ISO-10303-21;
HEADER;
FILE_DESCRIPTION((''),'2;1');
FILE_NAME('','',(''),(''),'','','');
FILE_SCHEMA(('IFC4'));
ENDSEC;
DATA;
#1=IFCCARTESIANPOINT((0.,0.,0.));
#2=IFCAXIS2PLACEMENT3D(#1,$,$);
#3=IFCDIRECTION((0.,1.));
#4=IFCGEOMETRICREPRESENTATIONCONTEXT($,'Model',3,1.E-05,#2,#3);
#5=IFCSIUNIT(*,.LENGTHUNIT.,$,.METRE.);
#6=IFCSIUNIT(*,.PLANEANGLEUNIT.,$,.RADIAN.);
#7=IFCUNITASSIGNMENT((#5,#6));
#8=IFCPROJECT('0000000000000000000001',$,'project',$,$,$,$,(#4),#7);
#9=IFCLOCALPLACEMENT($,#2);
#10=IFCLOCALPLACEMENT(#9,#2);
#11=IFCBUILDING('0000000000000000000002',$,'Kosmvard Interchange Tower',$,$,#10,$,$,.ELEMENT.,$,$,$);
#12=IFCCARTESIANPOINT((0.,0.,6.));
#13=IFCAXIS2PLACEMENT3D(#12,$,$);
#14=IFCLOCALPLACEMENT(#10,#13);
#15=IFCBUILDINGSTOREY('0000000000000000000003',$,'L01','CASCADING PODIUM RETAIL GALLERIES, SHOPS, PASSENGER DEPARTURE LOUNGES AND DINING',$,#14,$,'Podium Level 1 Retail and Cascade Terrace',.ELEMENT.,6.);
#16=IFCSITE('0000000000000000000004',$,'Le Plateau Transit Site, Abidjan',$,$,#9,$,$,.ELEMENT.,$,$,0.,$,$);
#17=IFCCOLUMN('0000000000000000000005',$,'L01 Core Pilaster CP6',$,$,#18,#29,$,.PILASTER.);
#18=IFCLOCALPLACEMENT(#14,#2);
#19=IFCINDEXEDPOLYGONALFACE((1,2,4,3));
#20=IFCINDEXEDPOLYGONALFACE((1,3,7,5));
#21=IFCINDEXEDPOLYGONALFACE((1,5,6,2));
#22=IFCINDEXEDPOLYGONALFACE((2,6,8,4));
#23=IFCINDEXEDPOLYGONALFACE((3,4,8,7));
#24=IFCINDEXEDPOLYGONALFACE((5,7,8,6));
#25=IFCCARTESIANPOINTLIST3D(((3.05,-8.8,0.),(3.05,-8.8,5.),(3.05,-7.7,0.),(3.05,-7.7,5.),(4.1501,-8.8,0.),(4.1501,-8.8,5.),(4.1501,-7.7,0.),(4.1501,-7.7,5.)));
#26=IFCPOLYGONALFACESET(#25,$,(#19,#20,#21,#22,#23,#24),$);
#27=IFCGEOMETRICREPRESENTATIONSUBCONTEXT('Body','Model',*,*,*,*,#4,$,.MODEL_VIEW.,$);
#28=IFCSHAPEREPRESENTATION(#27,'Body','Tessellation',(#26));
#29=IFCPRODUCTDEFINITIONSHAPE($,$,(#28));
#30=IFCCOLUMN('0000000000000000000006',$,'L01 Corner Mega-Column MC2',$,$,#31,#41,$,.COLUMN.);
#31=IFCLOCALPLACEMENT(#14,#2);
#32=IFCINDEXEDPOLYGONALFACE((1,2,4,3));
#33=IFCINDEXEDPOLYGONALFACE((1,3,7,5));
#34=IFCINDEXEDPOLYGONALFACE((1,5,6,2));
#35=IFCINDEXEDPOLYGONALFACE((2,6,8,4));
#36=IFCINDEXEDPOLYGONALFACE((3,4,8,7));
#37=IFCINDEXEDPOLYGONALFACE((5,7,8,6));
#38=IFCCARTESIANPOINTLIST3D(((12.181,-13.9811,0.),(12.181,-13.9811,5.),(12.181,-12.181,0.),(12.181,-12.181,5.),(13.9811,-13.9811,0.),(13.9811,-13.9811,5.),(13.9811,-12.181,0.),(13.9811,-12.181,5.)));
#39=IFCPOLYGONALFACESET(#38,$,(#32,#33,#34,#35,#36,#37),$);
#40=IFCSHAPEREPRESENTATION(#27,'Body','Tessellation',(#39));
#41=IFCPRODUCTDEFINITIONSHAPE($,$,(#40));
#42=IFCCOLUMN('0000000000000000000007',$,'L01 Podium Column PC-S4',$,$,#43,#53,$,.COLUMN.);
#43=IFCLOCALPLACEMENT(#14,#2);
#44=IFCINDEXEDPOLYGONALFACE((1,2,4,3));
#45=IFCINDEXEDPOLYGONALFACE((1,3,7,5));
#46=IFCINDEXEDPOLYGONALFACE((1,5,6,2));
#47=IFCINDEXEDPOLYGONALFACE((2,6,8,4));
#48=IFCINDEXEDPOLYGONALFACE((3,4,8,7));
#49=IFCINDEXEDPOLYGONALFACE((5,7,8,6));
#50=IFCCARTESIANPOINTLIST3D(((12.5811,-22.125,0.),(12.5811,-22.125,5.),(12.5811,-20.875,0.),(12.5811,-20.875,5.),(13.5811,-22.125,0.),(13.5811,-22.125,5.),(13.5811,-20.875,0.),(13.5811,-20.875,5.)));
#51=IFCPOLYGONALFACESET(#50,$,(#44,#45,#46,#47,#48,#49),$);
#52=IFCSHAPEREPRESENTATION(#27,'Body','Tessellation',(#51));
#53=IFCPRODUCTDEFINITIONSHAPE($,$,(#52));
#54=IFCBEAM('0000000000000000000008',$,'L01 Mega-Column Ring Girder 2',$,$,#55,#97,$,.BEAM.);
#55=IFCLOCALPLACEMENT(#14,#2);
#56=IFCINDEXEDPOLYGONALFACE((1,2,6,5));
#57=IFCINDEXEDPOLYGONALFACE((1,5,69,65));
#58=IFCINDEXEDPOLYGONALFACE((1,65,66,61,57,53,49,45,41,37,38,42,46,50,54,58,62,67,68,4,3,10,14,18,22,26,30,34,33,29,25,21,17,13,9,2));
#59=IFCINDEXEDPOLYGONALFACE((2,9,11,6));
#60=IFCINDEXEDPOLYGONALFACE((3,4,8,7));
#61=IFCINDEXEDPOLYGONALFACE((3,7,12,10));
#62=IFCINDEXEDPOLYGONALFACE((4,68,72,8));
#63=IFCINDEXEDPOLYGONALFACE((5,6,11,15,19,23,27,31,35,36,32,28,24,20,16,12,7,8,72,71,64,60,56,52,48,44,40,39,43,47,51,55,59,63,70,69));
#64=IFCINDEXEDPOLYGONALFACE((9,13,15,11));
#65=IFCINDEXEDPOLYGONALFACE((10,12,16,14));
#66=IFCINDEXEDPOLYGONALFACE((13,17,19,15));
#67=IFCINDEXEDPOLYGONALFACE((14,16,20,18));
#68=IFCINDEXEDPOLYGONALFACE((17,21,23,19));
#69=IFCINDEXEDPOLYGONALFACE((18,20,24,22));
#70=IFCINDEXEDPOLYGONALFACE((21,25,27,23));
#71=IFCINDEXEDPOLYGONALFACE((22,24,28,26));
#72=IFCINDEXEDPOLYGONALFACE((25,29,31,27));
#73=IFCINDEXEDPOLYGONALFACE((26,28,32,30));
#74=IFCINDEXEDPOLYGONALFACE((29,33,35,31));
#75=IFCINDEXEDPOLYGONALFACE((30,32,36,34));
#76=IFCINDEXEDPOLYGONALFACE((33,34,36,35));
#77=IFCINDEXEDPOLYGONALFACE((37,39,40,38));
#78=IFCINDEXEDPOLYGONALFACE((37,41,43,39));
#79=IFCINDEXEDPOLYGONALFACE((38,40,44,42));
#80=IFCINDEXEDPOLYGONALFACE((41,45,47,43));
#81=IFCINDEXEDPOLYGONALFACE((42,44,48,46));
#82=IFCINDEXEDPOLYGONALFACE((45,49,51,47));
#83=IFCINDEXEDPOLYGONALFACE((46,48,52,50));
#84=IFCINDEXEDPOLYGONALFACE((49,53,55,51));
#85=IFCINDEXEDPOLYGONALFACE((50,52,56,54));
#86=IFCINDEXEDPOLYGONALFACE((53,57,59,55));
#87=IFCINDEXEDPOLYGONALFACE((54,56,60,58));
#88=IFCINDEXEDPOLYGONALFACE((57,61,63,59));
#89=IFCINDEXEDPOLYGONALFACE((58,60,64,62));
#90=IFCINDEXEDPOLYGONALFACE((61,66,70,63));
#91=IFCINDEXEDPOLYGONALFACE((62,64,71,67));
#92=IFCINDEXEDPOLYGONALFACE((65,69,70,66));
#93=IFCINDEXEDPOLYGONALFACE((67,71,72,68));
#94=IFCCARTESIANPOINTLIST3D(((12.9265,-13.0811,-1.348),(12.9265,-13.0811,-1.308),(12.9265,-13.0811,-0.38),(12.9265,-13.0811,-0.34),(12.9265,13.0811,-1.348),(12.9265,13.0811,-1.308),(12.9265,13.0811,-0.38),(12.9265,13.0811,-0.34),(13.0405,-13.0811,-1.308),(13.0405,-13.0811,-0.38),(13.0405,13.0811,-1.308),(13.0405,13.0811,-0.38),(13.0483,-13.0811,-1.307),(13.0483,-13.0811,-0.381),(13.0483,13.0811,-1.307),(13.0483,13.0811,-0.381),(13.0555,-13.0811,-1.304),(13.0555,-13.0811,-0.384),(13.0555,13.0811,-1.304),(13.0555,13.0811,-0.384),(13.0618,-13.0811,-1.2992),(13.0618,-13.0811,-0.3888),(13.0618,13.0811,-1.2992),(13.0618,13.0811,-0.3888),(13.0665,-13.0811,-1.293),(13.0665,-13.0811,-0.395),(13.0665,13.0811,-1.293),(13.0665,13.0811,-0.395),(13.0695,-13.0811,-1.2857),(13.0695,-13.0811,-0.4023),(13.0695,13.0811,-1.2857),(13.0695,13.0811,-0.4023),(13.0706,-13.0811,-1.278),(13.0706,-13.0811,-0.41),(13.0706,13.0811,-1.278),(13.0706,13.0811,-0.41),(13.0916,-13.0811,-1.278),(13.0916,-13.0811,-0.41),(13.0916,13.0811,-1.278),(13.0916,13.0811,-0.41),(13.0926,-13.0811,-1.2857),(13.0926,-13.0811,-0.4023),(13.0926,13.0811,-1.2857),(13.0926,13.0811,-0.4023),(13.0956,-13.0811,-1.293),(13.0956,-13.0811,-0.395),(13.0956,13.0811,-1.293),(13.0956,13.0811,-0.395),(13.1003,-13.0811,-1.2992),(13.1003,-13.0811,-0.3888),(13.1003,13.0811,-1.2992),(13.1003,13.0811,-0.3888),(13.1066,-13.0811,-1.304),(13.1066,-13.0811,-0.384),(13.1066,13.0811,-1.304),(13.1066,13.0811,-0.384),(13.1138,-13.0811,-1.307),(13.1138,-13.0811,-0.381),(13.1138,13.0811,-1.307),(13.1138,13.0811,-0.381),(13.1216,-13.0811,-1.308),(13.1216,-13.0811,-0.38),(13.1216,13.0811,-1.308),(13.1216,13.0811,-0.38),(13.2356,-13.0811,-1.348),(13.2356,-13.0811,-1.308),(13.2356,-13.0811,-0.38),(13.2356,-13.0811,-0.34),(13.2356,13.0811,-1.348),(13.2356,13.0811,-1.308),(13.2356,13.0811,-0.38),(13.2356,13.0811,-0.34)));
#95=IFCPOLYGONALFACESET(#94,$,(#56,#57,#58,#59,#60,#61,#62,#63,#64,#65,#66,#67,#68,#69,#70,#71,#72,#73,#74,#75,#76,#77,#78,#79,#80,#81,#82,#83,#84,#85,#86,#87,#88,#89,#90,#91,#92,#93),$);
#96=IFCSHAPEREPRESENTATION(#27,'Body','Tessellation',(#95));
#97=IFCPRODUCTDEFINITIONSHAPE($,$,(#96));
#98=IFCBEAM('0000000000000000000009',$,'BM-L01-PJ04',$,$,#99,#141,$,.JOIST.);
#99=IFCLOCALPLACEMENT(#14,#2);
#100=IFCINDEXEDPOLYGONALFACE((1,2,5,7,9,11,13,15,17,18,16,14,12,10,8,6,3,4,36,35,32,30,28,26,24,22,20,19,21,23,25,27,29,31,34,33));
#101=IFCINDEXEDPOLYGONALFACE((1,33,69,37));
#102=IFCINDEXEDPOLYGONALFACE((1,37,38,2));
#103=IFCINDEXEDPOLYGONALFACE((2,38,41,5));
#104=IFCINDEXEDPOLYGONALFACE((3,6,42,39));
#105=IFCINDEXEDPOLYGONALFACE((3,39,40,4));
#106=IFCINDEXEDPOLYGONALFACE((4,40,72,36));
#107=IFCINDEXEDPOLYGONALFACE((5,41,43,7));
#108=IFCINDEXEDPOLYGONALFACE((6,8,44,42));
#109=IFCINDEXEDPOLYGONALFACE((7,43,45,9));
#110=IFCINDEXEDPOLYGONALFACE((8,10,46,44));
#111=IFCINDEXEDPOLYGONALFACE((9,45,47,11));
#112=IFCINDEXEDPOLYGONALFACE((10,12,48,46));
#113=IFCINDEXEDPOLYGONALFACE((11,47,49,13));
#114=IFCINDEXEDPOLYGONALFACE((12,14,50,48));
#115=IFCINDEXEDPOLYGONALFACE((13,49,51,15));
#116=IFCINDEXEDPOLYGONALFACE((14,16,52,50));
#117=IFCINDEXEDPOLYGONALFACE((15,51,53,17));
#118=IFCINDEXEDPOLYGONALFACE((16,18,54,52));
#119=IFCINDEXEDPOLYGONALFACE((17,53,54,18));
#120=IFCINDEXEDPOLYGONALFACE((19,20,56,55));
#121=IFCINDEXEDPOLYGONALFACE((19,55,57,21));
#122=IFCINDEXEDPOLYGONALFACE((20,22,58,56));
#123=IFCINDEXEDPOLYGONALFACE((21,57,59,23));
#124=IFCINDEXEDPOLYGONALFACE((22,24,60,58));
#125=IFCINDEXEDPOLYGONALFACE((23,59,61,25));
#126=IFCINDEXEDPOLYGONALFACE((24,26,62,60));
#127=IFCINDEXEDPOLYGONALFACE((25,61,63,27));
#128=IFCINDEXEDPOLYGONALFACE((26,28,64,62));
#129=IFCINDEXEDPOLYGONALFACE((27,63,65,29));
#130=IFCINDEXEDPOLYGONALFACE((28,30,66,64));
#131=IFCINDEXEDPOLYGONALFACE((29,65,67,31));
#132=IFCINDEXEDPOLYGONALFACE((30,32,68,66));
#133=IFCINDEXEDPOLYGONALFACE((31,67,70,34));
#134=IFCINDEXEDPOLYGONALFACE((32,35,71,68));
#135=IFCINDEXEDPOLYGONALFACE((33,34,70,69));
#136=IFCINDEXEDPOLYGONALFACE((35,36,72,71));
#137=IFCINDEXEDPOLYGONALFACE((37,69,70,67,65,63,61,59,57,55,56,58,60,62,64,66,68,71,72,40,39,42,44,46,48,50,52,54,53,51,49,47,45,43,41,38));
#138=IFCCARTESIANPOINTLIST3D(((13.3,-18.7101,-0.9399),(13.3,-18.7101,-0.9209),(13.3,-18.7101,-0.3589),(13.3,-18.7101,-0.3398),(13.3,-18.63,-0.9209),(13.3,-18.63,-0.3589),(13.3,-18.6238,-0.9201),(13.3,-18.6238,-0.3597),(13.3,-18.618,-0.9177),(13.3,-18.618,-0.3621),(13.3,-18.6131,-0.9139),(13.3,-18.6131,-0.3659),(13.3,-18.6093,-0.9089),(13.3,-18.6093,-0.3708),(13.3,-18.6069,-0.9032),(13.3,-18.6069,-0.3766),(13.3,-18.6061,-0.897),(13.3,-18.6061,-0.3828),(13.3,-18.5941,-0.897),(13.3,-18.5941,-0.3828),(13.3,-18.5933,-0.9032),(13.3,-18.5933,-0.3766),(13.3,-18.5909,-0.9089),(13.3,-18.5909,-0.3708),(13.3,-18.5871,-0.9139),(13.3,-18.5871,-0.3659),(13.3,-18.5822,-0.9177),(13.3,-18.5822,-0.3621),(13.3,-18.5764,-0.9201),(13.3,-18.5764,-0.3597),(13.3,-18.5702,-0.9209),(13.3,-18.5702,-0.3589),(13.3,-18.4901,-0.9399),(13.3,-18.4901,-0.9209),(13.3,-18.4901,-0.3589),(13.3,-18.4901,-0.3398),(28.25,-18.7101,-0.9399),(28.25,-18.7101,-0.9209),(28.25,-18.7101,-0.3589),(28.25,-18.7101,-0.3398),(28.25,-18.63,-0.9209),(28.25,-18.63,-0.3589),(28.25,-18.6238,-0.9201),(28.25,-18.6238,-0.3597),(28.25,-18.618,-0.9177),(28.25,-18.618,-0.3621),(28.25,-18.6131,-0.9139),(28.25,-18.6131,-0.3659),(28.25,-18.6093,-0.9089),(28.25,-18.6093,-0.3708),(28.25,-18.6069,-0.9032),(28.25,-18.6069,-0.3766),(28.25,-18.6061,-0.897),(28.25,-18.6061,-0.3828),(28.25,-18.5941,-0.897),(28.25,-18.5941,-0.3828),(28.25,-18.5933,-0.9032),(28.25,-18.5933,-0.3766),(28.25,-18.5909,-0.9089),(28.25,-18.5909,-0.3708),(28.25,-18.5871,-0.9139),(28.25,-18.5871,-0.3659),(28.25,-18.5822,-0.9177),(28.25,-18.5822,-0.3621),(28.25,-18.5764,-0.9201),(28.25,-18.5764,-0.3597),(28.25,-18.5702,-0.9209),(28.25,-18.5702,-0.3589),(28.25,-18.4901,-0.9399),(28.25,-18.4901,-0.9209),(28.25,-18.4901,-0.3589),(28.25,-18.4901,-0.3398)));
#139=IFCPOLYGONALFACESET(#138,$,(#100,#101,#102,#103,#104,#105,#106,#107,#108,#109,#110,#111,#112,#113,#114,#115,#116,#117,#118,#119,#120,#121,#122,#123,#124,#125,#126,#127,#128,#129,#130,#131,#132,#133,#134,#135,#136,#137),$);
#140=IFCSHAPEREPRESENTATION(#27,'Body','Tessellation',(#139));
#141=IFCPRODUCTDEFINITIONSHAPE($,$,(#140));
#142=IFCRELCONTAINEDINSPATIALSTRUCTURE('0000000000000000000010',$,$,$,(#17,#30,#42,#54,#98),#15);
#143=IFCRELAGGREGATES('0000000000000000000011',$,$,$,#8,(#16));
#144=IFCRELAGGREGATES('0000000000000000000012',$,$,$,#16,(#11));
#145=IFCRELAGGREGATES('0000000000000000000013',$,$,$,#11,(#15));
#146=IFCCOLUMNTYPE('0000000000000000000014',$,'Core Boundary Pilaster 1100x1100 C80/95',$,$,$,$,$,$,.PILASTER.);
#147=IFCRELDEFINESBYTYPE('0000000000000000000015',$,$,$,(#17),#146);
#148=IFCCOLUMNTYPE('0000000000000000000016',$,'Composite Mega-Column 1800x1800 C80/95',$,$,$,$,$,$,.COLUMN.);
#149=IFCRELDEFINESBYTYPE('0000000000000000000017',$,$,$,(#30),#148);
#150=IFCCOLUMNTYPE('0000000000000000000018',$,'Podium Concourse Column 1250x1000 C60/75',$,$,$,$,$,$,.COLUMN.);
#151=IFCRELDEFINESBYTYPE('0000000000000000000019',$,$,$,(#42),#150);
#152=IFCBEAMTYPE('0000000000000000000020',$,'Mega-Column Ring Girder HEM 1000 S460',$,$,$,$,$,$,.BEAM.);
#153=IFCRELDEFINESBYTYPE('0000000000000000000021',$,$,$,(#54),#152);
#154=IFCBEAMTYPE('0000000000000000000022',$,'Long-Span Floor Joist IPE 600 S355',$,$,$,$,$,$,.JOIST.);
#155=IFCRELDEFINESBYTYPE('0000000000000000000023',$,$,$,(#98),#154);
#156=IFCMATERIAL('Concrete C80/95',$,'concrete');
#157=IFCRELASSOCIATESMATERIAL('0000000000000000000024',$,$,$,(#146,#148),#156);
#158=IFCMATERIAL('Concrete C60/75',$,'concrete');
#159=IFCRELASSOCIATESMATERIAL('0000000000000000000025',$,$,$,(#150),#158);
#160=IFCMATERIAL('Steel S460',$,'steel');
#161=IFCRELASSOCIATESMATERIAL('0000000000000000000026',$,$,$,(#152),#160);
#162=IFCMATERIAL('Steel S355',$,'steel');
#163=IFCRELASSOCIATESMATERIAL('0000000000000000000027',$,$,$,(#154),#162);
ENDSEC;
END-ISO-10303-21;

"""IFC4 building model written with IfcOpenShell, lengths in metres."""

from ifc_helpers import new_model, si_unit, direction, frame, origin, origin_2d, place, context, subcontext, project, spatial, rectangle, i_section, extrude, source, transform, mapped, material, material_profile, profile_set, type_object, element, save


model = new_model("IFC4")

# Units and contexts
model_context = context("Model", 3, precision=1e-05, world=origin(), true_north=direction((0.0, 1.0)))
body_context = subcontext(model_context, "Body", "Model", "MODEL_VIEW")
ifc_project = project(units=[si_unit("LENGTHUNIT", "METRE"), si_unit("PLANEANGLEUNIT", "RADIAN")], contexts=[model_context])

# Site, building, storey
site_placement = place(None, origin())
site = spatial("IfcSite", under=ifc_project, at=site_placement, Name="Le Plateau Transit Site, Abidjan", CompositionType="ELEMENT", RefElevation=0.0)
building_placement = place(site_placement, origin())
building = spatial("IfcBuilding", under=site, at=building_placement, Name="Kosmvard Interchange Tower", CompositionType="ELEMENT")
storey_placement = place(building_placement, frame((0.0, 0.0, 6.0)))
storey = spatial("IfcBuildingStorey", under=building, at=storey_placement, Name="L01", Description="CASCADING PODIUM RETAIL GALLERIES, SHOPS, PASSENGER DEPARTURE LOUNGES AND DINING", LongName="Podium Level 1 Retail and Cascade Terrace", CompositionType="ELEMENT", Elevation=6.0)

# Columns
ifc_material_1 = material(Name="Concrete C80/95", Category="concrete")
ifc_material_profile_1 = material_profile(ifc_material_1, rectangle(XDim=1.1001, YDim=1.1001, at=origin_2d()), Name="CP 1100x1100")
ifc_profile_set_1 = profile_set([ifc_material_profile_1], Name="Concrete C80/95")
column_type_1 = type_object("IfcColumnType", Name="Core Boundary Pilaster 1100x1100 C80/95", PredefinedType="PILASTER", material=ifc_profile_set_1)
shared_shape_1 = source(origin(), body_context, "Body", "SweptSolid", [
    extrude(rectangle(XDim=1.1001, YDim=1.1001, at=origin_2d()), origin(), (0.0, 0.0, 1.0), 5.0),
])
column_1_placement = place(storey_placement, frame((3.6001, -8.25, 0.0), z_axis=(0.0, 0.0, 1.0), x_axis=(1.0, 0.0, 0.0)))
element("IfcColumn", 1, at=column_1_placement, inside=storey, type_object=column_type_1, Name="L01 Core Pilaster CP6", PredefinedType="PILASTER", context=body_context, shape_type="MappedRepresentation", body=[
    mapped(shared_shape_1, transform((0.0, 0.0, 0.0), scale=1.0)),
])
ifc_material_profile_2 = material_profile(ifc_material_1, rectangle(XDim=1.8, YDim=1.8, at=origin_2d()), Name="MC 1800x1800")
ifc_profile_set_2 = profile_set([ifc_material_profile_2], Name="Concrete C80/95")
column_type_2 = type_object("IfcColumnType", Name="Composite Mega-Column 1800x1800 C80/95", PredefinedType="COLUMN", material=ifc_profile_set_2)
shared_shape_2 = source(origin(), body_context, "Body", "SweptSolid", [
    extrude(rectangle(XDim=1.8, YDim=1.8, at=origin_2d()), origin(), (0.0, 0.0, 1.0), 5.0),
])
column_2_placement = place(storey_placement, frame((13.0811, -13.0811, 0.0), z_axis=(0.0, 0.0, 1.0), x_axis=(1.0, 0.0, 0.0)))
element("IfcColumn", 2, at=column_2_placement, inside=storey, type_object=column_type_2, Name="L01 Corner Mega-Column MC2", PredefinedType="COLUMN", context=body_context, shape_type="MappedRepresentation", body=[
    mapped(shared_shape_2, transform((0.0, 0.0, 0.0), scale=1.0)),
])
ifc_material_2 = material(Name="Concrete C60/75", Category="concrete")
ifc_material_profile_3 = material_profile(ifc_material_2, rectangle(XDim=1.0, YDim=1.25, at=origin_2d()), Name="PC 1250x1000")
ifc_profile_set_3 = profile_set([ifc_material_profile_3], Name="Concrete C60/75")
column_type_3 = type_object("IfcColumnType", Name="Podium Concourse Column 1250x1000 C60/75", PredefinedType="COLUMN", material=ifc_profile_set_3)
shared_shape_3 = source(origin(), body_context, "Body", "SweptSolid", [
    extrude(rectangle(XDim=1.0, YDim=1.25, at=origin_2d()), origin(), (0.0, 0.0, 1.0), 5.0),
])
column_3_placement = place(storey_placement, frame((13.0811, -21.5, 0.0), z_axis=(0.0, 0.0, 1.0), x_axis=(1.0, 0.0, 0.0)))
element("IfcColumn", 3, at=column_3_placement, inside=storey, type_object=column_type_3, Name="L01 Podium Column PC-S4", PredefinedType="COLUMN", context=body_context, shape_type="MappedRepresentation", body=[
    mapped(shared_shape_3, transform((0.0, 0.0, 0.0), scale=1.0)),
])

# Beams
ifc_material_3 = material(Name="Steel S460", Category="steel")
ifc_material_profile_4 = material_profile(ifc_material_3, i_section(OverallWidth=0.3091, OverallDepth=1.0081, WebThickness=0.021, FlangeThickness=0.04, FilletRadius=0.03, at=origin_2d()), Name="HEM 1000")
ifc_profile_set_4 = profile_set([ifc_material_profile_4], Name="Steel S460")
beam_type_1 = type_object("IfcBeamType", Name="Mega-Column Ring Girder HEM 1000 S460", PredefinedType="BEAM", material=ifc_profile_set_4)
shared_shape_4 = source(origin(), body_context, "Body", "SweptSolid", [
    extrude(i_section(OverallWidth=0.3091, OverallDepth=1.0081, WebThickness=0.021, FlangeThickness=0.04, FilletRadius=0.03, at=origin_2d()), origin(), (0.0, 0.0, 1.0), 26.1621),
])
beam_1_placement = place(storey_placement, frame((13.0811, -13.0811, -0.844), z_axis=(0.0, 1.0, 0.0), x_axis=(-1.0, 0.0, 0.0)))
element("IfcBeam", 4, at=beam_1_placement, inside=storey, type_object=beam_type_1, Name="L01 Mega-Column Ring Girder 2", PredefinedType="BEAM", context=body_context, shape_type="MappedRepresentation", body=[
    mapped(shared_shape_4, transform((0.0, 0.0, 0.0), scale=1.0)),
])
ifc_material_4 = material(Name="Steel S355", Category="steel")
ifc_material_profile_5 = material_profile(ifc_material_4, i_section(OverallWidth=0.22, OverallDepth=0.6001, WebThickness=0.012, FlangeThickness=0.019, FilletRadius=0.0239, at=origin_2d()), Name="IPE 600")
ifc_profile_set_5 = profile_set([ifc_material_profile_5], Name="Steel S355")
beam_type_2 = type_object("IfcBeamType", Name="Long-Span Floor Joist IPE 600 S355", PredefinedType="JOIST", material=ifc_profile_set_5)
shared_shape_5 = source(origin(), body_context, "Body", "SweptSolid", [
    extrude(i_section(OverallWidth=0.22, OverallDepth=0.6001, WebThickness=0.012, FlangeThickness=0.019, FilletRadius=0.0239, at=origin_2d()), origin(), (0.0, 0.0, 1.0), 14.95),
])
beam_2_placement = place(storey_placement, frame((13.3, -18.6001, -0.6399), z_axis=(1.0, 0.0, 0.0), x_axis=(0.0, 1.0, 0.0)))
element("IfcBeam", 5, at=beam_2_placement, inside=storey, type_object=beam_type_2, Name="BM-L01-PJ04", PredefinedType="JOIST", context=body_context, shape_type="MappedRepresentation", body=[
    mapped(shared_shape_5, transform((0.0, 0.0, 0.0), scale=1.0)),
])

save(model, "model.ifc")
